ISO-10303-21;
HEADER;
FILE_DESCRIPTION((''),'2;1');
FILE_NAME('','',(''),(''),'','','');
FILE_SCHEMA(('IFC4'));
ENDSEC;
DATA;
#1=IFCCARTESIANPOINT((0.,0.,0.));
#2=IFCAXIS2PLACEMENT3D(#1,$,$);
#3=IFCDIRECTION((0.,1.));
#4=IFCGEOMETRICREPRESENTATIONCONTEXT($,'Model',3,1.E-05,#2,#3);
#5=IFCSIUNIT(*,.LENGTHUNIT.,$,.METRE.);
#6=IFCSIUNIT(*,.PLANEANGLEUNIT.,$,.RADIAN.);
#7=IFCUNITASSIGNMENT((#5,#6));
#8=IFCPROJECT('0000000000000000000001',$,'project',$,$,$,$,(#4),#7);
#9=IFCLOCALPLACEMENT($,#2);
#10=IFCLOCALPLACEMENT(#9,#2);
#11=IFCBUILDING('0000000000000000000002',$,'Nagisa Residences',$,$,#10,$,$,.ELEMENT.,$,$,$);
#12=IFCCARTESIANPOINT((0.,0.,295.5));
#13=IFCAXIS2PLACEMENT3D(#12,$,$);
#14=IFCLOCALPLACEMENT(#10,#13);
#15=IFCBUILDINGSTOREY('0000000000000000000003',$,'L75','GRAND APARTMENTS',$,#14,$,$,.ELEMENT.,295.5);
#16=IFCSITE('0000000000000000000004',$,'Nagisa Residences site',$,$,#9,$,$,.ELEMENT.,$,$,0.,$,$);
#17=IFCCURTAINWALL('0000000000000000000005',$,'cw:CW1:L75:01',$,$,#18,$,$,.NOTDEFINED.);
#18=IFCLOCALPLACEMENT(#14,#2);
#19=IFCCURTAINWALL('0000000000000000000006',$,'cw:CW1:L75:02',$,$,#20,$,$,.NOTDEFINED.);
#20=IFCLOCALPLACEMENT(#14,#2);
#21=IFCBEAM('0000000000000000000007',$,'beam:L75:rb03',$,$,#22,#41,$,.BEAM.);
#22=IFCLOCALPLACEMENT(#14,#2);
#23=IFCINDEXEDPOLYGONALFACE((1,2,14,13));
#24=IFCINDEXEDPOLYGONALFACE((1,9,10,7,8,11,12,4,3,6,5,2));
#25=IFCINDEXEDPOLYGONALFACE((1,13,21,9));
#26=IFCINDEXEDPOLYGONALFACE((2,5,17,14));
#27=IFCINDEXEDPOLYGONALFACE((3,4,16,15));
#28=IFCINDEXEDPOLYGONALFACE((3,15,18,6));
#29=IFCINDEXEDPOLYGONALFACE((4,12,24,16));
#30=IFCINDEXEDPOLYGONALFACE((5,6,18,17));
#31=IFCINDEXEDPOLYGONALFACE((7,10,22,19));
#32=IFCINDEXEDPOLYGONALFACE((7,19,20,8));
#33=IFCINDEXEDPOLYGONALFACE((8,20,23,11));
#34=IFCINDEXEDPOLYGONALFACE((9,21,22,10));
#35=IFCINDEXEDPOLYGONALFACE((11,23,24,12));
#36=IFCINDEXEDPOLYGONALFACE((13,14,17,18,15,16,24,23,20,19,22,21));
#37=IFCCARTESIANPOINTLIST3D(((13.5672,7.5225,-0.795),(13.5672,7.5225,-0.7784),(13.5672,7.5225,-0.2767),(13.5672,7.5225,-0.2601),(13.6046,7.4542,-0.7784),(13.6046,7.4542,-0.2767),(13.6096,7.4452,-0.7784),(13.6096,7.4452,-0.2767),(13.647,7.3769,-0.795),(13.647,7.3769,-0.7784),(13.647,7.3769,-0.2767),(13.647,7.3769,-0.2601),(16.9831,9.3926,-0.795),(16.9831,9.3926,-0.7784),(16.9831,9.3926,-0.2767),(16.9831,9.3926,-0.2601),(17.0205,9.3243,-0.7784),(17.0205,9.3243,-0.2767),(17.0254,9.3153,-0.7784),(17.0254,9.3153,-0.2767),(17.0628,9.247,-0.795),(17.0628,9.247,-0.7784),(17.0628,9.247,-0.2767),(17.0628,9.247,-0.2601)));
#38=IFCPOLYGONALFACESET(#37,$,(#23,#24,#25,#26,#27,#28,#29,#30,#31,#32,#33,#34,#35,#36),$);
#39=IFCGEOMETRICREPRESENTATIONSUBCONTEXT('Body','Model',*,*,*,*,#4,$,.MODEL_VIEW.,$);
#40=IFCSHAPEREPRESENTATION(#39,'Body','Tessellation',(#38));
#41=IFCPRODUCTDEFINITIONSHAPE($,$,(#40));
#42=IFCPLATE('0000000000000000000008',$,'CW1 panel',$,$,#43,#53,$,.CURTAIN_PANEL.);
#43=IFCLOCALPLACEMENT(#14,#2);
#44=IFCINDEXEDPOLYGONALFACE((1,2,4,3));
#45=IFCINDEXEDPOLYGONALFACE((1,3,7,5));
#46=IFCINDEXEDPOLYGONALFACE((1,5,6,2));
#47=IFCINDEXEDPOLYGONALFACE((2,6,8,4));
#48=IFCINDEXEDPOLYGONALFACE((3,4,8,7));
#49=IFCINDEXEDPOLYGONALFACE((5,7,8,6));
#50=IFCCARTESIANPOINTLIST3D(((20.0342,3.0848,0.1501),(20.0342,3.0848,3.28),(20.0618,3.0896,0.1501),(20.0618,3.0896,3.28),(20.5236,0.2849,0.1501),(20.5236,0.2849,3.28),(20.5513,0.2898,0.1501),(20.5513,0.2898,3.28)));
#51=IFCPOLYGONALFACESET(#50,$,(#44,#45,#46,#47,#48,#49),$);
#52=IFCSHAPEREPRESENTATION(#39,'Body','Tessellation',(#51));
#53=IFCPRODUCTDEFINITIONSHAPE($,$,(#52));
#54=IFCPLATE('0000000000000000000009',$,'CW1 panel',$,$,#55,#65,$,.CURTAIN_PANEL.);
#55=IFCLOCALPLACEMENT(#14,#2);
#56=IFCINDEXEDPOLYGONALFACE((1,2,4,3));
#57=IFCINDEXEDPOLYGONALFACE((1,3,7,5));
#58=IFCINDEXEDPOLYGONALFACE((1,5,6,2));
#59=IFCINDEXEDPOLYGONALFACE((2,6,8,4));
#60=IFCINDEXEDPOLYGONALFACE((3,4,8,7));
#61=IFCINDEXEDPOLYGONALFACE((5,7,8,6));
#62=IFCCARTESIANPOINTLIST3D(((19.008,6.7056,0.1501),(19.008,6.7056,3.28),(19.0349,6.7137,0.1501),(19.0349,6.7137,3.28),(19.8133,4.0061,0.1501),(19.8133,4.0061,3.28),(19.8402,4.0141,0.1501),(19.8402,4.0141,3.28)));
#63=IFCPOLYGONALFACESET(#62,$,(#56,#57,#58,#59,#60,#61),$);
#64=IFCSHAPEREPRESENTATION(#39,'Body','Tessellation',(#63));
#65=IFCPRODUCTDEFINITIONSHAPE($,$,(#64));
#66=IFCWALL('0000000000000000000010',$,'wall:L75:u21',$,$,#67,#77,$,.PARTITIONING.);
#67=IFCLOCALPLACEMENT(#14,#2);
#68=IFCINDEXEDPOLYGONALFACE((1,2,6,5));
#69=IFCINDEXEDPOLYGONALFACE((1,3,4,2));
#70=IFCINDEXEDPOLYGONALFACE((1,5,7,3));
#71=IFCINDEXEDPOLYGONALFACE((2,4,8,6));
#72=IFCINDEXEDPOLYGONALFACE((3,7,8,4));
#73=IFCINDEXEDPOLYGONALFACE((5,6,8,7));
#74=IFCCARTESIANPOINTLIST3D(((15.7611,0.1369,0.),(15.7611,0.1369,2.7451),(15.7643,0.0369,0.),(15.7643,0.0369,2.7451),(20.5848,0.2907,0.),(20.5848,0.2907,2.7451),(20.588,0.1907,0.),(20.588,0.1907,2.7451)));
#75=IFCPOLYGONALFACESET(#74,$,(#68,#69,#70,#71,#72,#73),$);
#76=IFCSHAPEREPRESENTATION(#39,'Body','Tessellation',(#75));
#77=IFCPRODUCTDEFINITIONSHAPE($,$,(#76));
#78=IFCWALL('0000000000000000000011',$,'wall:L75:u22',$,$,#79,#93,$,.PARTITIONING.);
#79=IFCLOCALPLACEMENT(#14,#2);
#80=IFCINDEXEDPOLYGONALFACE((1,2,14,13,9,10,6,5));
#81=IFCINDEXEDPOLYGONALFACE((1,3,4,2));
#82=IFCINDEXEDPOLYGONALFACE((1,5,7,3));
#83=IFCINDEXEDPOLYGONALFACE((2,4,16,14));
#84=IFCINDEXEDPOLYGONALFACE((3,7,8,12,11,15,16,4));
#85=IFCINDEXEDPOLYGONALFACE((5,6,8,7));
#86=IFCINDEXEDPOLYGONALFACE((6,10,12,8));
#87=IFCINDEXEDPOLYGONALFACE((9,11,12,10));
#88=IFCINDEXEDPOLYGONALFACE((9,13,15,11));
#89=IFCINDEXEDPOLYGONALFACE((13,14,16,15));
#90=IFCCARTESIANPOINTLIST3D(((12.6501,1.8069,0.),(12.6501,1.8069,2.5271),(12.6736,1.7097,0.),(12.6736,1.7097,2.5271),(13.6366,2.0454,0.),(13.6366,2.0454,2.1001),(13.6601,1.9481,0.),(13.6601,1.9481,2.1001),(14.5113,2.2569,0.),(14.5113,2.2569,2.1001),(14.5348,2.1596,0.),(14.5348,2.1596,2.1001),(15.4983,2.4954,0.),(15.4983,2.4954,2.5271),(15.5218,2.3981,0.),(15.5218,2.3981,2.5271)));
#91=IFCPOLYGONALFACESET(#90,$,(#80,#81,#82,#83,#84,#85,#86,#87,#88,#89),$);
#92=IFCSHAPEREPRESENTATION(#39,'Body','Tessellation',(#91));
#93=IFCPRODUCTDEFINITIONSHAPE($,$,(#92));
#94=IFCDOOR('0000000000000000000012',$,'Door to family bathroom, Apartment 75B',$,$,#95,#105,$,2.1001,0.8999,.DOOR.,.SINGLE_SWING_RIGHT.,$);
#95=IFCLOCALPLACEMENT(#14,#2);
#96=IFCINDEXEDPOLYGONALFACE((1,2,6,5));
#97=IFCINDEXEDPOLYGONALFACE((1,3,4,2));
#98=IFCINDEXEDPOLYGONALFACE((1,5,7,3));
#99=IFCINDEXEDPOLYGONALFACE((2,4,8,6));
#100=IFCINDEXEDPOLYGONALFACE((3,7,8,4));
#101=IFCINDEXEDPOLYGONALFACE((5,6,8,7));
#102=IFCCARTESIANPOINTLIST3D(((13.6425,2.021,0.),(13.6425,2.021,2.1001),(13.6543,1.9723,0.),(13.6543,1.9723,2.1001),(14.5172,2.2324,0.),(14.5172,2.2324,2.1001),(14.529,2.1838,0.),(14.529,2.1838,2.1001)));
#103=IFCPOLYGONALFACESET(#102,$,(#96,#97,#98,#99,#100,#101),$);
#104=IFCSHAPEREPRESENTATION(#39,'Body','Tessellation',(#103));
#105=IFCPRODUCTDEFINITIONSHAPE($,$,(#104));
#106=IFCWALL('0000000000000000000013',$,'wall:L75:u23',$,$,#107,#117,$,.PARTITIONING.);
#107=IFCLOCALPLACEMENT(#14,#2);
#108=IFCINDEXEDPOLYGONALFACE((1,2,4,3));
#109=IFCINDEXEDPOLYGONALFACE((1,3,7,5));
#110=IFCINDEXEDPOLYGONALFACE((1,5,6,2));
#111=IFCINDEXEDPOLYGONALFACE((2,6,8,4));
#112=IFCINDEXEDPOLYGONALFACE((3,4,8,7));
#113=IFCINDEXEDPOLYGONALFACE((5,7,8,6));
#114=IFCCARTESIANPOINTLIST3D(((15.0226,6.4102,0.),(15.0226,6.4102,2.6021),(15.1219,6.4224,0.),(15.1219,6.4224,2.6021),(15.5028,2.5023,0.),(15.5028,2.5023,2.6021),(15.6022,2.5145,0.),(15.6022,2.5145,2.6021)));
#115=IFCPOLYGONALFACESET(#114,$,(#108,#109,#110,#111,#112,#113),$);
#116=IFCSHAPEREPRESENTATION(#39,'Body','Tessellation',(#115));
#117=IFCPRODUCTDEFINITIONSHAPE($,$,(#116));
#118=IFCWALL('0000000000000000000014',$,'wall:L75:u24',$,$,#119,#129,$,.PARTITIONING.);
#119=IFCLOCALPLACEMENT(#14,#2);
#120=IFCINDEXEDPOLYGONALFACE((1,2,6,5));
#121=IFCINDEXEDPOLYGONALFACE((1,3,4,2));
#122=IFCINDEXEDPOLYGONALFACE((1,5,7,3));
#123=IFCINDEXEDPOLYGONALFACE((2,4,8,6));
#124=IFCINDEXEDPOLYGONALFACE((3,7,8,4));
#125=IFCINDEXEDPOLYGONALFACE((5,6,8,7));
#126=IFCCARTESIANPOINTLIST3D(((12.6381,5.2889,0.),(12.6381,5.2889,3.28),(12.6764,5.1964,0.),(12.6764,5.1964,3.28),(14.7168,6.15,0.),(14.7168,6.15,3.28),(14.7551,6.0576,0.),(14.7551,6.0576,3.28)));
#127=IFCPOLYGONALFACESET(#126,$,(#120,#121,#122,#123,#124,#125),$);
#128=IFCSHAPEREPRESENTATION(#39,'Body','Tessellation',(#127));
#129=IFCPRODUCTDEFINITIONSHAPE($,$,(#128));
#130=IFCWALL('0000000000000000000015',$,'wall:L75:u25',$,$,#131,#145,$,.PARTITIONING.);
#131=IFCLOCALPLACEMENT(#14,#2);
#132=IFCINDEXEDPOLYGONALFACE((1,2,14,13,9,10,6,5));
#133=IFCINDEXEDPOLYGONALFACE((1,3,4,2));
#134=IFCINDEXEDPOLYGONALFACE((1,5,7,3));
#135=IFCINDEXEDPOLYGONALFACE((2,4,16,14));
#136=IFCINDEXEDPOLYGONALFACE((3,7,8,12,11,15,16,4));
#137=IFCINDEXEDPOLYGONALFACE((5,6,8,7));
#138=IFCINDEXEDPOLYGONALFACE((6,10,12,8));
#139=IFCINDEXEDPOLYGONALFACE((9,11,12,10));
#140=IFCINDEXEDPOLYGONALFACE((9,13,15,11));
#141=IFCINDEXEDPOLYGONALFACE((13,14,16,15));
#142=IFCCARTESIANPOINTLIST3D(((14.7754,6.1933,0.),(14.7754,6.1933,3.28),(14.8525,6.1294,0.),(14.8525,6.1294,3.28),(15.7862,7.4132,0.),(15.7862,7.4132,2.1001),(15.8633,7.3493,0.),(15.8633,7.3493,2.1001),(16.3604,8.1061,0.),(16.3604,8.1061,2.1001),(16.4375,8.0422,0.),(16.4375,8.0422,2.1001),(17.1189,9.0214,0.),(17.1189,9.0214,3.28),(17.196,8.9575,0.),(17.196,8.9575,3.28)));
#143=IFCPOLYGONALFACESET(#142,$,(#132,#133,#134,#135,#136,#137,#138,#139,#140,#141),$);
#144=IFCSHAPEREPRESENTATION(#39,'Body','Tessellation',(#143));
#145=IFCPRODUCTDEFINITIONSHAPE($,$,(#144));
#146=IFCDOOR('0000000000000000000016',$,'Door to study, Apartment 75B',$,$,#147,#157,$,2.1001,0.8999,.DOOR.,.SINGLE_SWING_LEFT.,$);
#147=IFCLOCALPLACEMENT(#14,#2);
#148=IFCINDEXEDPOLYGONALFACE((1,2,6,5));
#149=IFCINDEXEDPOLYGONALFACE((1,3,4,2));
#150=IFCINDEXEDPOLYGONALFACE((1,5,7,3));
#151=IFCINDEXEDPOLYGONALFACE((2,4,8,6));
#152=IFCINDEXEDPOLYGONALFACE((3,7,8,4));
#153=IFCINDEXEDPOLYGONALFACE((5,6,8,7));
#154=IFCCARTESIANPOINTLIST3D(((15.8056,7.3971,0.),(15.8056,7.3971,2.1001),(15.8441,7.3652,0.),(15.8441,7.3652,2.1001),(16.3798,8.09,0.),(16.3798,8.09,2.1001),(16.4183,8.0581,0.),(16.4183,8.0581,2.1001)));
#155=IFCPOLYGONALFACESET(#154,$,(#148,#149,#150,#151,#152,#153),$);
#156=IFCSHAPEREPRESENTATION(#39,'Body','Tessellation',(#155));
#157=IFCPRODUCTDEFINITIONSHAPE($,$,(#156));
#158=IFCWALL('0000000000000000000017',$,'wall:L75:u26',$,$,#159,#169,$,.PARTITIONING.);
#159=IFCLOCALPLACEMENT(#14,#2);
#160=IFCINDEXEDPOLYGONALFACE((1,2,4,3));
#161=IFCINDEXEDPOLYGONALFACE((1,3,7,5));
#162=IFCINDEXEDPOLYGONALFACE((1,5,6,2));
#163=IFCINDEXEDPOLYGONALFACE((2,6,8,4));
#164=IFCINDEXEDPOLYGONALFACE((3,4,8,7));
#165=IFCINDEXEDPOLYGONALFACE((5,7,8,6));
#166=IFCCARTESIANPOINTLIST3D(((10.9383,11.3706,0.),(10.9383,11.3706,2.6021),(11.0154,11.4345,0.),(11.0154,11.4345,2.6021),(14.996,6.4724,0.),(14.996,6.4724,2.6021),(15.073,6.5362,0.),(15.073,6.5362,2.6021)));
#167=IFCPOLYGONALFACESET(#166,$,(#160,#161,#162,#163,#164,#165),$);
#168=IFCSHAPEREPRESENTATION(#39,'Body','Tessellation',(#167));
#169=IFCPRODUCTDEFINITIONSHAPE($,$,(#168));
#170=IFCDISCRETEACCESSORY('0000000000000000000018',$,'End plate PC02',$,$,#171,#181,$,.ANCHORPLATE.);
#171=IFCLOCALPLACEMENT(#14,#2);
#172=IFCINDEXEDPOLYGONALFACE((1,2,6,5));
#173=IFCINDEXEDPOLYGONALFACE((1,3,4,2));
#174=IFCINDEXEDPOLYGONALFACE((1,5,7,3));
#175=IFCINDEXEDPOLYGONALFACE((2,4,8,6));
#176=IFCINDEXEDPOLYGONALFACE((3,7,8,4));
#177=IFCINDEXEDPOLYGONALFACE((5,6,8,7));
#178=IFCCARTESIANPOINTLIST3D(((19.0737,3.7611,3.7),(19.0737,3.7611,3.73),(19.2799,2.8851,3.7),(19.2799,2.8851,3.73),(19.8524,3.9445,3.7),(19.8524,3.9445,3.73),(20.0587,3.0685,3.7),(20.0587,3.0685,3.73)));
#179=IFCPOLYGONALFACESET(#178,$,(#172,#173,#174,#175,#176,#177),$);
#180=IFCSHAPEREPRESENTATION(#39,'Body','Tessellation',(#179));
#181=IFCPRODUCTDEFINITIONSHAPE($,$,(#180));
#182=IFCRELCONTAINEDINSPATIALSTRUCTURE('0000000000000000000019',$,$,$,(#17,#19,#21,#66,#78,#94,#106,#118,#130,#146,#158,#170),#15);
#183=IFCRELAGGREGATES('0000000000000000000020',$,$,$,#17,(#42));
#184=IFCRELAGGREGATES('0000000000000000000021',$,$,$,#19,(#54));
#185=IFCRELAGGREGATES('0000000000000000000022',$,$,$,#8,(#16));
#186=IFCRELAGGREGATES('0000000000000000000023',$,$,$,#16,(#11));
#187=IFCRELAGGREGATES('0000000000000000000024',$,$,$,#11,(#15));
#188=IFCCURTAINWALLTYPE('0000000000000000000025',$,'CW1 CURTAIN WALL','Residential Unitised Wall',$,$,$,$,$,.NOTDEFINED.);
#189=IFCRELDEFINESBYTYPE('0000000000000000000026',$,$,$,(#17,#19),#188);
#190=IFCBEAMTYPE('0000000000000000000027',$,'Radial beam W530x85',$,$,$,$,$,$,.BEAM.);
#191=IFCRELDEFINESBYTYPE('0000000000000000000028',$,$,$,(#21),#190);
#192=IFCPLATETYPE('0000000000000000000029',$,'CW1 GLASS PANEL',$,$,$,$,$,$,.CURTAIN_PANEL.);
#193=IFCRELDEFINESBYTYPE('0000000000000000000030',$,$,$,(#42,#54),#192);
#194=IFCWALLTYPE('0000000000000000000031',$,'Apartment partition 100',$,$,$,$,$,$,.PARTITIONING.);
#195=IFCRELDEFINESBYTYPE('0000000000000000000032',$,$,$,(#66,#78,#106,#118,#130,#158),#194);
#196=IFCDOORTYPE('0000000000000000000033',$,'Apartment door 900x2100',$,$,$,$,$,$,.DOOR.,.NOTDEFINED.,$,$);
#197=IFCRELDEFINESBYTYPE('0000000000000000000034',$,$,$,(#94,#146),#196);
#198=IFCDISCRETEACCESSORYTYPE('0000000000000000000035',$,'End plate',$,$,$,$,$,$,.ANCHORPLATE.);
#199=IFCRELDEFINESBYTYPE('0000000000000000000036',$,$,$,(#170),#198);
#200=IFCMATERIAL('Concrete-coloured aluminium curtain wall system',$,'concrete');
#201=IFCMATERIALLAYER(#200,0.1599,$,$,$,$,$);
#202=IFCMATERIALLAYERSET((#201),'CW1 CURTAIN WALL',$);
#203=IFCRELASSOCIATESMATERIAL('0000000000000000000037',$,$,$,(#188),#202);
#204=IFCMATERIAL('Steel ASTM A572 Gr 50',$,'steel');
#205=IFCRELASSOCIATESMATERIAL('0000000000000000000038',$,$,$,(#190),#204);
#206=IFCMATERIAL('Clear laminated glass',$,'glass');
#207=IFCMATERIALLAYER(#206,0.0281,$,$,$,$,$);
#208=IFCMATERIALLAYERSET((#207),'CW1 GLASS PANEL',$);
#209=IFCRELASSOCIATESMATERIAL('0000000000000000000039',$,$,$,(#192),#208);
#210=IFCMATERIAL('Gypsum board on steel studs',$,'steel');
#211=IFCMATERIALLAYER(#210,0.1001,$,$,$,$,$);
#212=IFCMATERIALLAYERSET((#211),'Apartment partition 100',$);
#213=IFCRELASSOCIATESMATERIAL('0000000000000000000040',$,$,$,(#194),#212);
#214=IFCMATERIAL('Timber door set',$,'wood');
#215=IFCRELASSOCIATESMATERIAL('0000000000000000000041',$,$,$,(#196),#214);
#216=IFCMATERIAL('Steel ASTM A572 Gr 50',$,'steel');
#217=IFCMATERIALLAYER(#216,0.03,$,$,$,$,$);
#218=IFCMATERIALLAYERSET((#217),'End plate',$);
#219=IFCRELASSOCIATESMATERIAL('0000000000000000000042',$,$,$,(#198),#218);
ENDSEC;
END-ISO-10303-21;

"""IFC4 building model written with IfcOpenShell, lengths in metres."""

from ifc_helpers import new_model, si_unit, direction, frame, frame_2d, origin, origin_2d, place, context, subcontext, project, spatial, rectangle, i_section, extrude, material, layer, layer_set, material_profile, profile_set, type_object, element, fill, aggregate, save


model = new_model("IFC4")

# Units and contexts
model_context = context("Model", 3, precision=1e-05, world=origin(), true_north=direction((0.0, 1.0)))
body_context = subcontext(model_context, "Body", "Model", "MODEL_VIEW")
ifc_project = project(units=[si_unit("LENGTHUNIT", "METRE"), si_unit("PLANEANGLEUNIT", "RADIAN")], contexts=[model_context])

# Site, building, storey
site_placement = place(None, origin())
site = spatial("IfcSite", under=ifc_project, at=site_placement, Name="Nagisa Residences site", CompositionType="ELEMENT", RefElevation=0.0)
building_placement = place(site_placement, origin())
building = spatial("IfcBuilding", under=site, at=building_placement, Name="Nagisa Residences", CompositionType="ELEMENT")
storey_placement = place(building_placement, frame((0.0, 0.0, 295.5)))
storey = spatial("IfcBuildingStorey", under=building, at=storey_placement, Name="L75", Description="GRAND APARTMENTS", CompositionType="ELEMENT", Elevation=295.5)

# Curtain walls
ifc_material_1 = material(Name="Concrete-coloured aluminium curtain wall system", Category="concrete")
ifc_layer_1 = layer(ifc_material_1, 0.1599)
ifc_layer_set_1 = layer_set([ifc_layer_1], Name="CW1 CURTAIN WALL")
curtain_wall_type = type_object("IfcCurtainWallType", Name="CW1 CURTAIN WALL", Description="Residential Unitised Wall", PredefinedType="NOTDEFINED", material=ifc_layer_set_1)
curtain_wall_1_placement = place(storey_placement, origin())
curtain_wall_1 = element("IfcCurtainWall", 1, at=curtain_wall_1_placement, inside=storey, type_object=curtain_wall_type, Name="cw:CW1:L75:01", PredefinedType="NOTDEFINED")
curtain_wall_2_placement = place(storey_placement, origin())
curtain_wall_2 = element("IfcCurtainWall", 2, at=curtain_wall_2_placement, inside=storey, type_object=curtain_wall_type, Name="cw:CW1:L75:02", PredefinedType="NOTDEFINED")

# Beam
ifc_material_2 = material(Name="Steel ASTM A572 Gr 50", Category="steel")
ifc_material_profile_1 = material_profile(ifc_material_2, i_section(OverallWidth=0.166, OverallDepth=0.5349, WebThickness=0.0103, FlangeThickness=0.0166, at=origin_2d()), Name="W530x85")
ifc_profile_set_1 = profile_set([ifc_material_profile_1], Name="Steel ASTM A572 Gr 50")
beam_type_1 = type_object("IfcBeamType", Name="Radial beam W530x85", PredefinedType="BEAM", material=ifc_profile_set_1)
beam_1_placement = place(storey_placement, frame((17.0229, 9.3198, -0.5276), z_axis=(-0.877142, -0.480231, 0.0), x_axis=(0.480231, -0.877142, 0.0)))
element("IfcBeam", 3, at=beam_1_placement, inside=storey, type_object=beam_type_1, Name="beam:L75:rb03", PredefinedType="BEAM", context=body_context, shape_type="SweptSolid", body=[
    extrude(i_section(OverallWidth=0.166, OverallDepth=0.5349, WebThickness=0.0103, FlangeThickness=0.0166, at=origin_2d()), origin(), (0.0, 0.0, 1.0), 3.8943),
])

# Plates
ifc_material_3 = material(Name="Clear laminated glass", Category="glass")
ifc_layer_2 = layer(ifc_material_3, 0.0281)
ifc_layer_set_2 = layer_set([ifc_layer_2], Name="CW1 GLASS PANEL")
plate_type = type_object("IfcPlateType", Name="CW1 GLASS PANEL", PredefinedType="CURTAIN_PANEL", material=ifc_layer_set_2)
plate_1_placement = place(storey_placement, frame((20.2927, 1.6873, 0.1501), z_axis=(0.0, 0.0, 1.0), x_axis=(-0.172191, 0.985064, 0.0)))
plate_1 = element("IfcPlate", 4, at=plate_1_placement, type_object=plate_type, Name="CW1 panel", PredefinedType="CURTAIN_PANEL", context=body_context, shape_type="SweptSolid", body=[
    extrude(rectangle(XDim=2.8423, YDim=0.0281, at=origin_2d()), origin(), (0.0, 0.0, 1.0), 3.1299),
])
aggregate(curtain_wall_1, [plate_1])
plate_2_placement = place(storey_placement, frame((19.4241, 5.3599, 0.1501), z_axis=(0.0, 0.0, 1.0), x_axis=(-0.28586, 0.958271, 0.0)))
plate_2 = element("IfcPlate", 5, at=plate_2_placement, type_object=plate_type, Name="CW1 panel", PredefinedType="CURTAIN_PANEL", context=body_context, shape_type="SweptSolid", body=[
    extrude(rectangle(XDim=2.8171, YDim=0.0281, at=origin_2d()), origin(), (0.0, 0.0, 1.0), 3.1299),
])
aggregate(curtain_wall_2, [plate_2])

# Wall
ifc_material_4 = material(Name="Gypsum board on steel studs", Category="steel")
ifc_layer_3 = layer(ifc_material_4, 0.1001)
ifc_layer_set_3 = layer_set([ifc_layer_3], Name="Apartment partition 100")
wall_type_1 = type_object("IfcWallType", Name="Apartment partition 100", PredefinedType="PARTITIONING", material=ifc_layer_set_3)
wall_1_placement = place(storey_placement, frame((15.7627, 0.0869, 0.0), z_axis=(0.0, 0.0, 1.0), x_axis=(0.999492, 0.03187, 0.0)))
element("IfcWall", 6, at=wall_1_placement, inside=storey, type_object=wall_type_1, Name="wall:L75:u21", PredefinedType="PARTITIONING", context=body_context, shape_type="SweptSolid", body=[
    extrude(rectangle(XDim=4.8262, YDim=0.1001, at=frame_2d((2.4131, 0.0))), origin(), (0.0, 0.0, 1.0), 2.7451),
])

# Wall, opening, door
wall_2_placement = place(storey_placement, frame((12.6619, 1.7583, 0.0), z_axis=(0.0, 0.0, 1.0), x_axis=(0.972005, 0.234961, 0.0)))
wall_2 = element("IfcWall", 7, at=wall_2_placement, inside=storey, type_object=wall_type_1, Name="wall:L75:u22", PredefinedType="PARTITIONING", context=body_context, shape_type="SweptSolid", body=[
    extrude(rectangle(XDim=2.9302, YDim=0.1001, at=frame_2d((1.4651, 0.0))), origin(), (0.0, 0.0, 1.0), 2.5271),
])
opening_1_placement = place(wall_2_placement, frame((1.0149, 0.0, 0.0)))
opening_1 = element("IfcOpeningElement", 8, at=opening_1_placement, cuts=wall_2, PredefinedType="OPENING", context=body_context, shape_type="SweptSolid", body=[
    extrude(rectangle(XDim=0.8999, YDim=2.1001, at=frame_2d((0.45, 1.05))), frame((0.0, 0.0601, 0.0), z_axis=(0.0, -1.0, 0.0), x_axis=(1.0, 0.0, 0.0)), (0.0, 0.0, 1.0), 0.1201),
])
ifc_material_5 = material(Name="Timber door set", Category="wood")
door_type_1 = type_object("IfcDoorType", Name="Apartment door 900x2100", OperationType="NOTDEFINED", PredefinedType="DOOR", material=ifc_material_5)
door_1_placement = place(opening_1_placement, origin())
door_1 = element("IfcDoor", 9, at=door_1_placement, inside=storey, type_object=door_type_1, Name="Door to family bathroom, Apartment 75B", OperationType="SINGLE_SWING_RIGHT", OverallHeight=2.1001, OverallWidth=0.8999, PredefinedType="DOOR", context=body_context, shape_type="SweptSolid", body=[
    extrude(rectangle(XDim=0.8999, YDim=2.1001, at=frame_2d((0.45, 1.05))), frame((0.0, 0.0249, 0.0), z_axis=(0.0, -1.0, 0.0), x_axis=(1.0, 0.0, 0.0)), (0.0, 0.0, 1.0), 0.05),
])
fill(opening_1, door_1)

# Walls
wall_3_placement = place(storey_placement, frame((15.5525, 2.5083, 0.0), z_axis=(0.0, 0.0, 1.0), x_axis=(-0.121966, 0.992534, 0.0)))
element("IfcWall", 10, at=wall_3_placement, inside=storey, type_object=wall_type_1, Name="wall:L75:u23", PredefinedType="PARTITIONING", context=body_context, shape_type="SweptSolid", body=[
    extrude(rectangle(XDim=3.9373, YDim=0.1001, at=frame_2d((1.9688, 0.0))), origin(), (0.0, 0.0, 1.0), 2.6021),
])
wall_4_placement = place(storey_placement, frame((12.6572, 5.2427, 0.0), z_axis=(0.0, 0.0, 1.0), x_axis=(0.923865, 0.382719, 0.0)))
element("IfcWall", 11, at=wall_4_placement, inside=storey, type_object=wall_type_1, Name="wall:L75:u24", PredefinedType="PARTITIONING", context=body_context, shape_type="SweptSolid", body=[
    extrude(rectangle(XDim=2.25, YDim=0.1001, at=frame_2d((1.125, 0.0))), origin(), (0.0, 0.0, 1.0), 3.28),
])

# Wall, opening, door
wall_5_placement = place(storey_placement, frame((14.814, 6.1614, 0.0), z_axis=(0.0, 0.0, 1.0), x_axis=(0.638051, 0.769995, 0.0)))
wall_5 = element("IfcWall", 12, at=wall_5_placement, inside=storey, type_object=wall_type_1, Name="wall:L75:u25", PredefinedType="PARTITIONING", context=body_context, shape_type="SweptSolid", body=[
    extrude(rectangle(XDim=3.6729, YDim=0.1001, at=frame_2d((1.8364, 0.0))), origin(), (0.0, 0.0, 1.0), 3.28),
])
opening_2_placement = place(wall_5_placement, frame((1.5842, 0.0, 0.0)))
opening_2 = element("IfcOpeningElement", 13, at=opening_2_placement, cuts=wall_5, PredefinedType="OPENING", context=body_context, shape_type="SweptSolid", body=[
    extrude(rectangle(XDim=0.8999, YDim=2.1001, at=frame_2d((0.45, 1.05))), frame((0.0, 0.0601, 0.0), z_axis=(0.0, -1.0, 0.0), x_axis=(1.0, 0.0, 0.0)), (0.0, 0.0, 1.0), 0.1201),
])
door_2_placement = place(opening_2_placement, origin())
door_2 = element("IfcDoor", 14, at=door_2_placement, inside=storey, type_object=door_type_1, Name="Door to study, Apartment 75B", OperationType="SINGLE_SWING_LEFT", OverallHeight=2.1001, OverallWidth=0.8999, PredefinedType="DOOR", context=body_context, shape_type="SweptSolid", body=[
    extrude(rectangle(XDim=0.8999, YDim=2.1001, at=frame_2d((0.45, 1.05))), frame((0.0, 0.0249, 0.0), z_axis=(0.0, -1.0, 0.0), x_axis=(1.0, 0.0, 0.0)), (0.0, 0.0, 1.0), 0.05),
])
fill(opening_2, door_2)

# Wall
wall_6_placement = place(storey_placement, frame((15.0344, 6.5044, 0.0), z_axis=(0.0, 0.0, 1.0), x_axis=(-0.637935, 0.77009, 0.0)))
element("IfcWall", 15, at=wall_6_placement, inside=storey, type_object=wall_type_1, Name="wall:L75:u26", PredefinedType="PARTITIONING", context=body_context, shape_type="SweptSolid", body=[
    extrude(rectangle(XDim=6.3606, YDim=0.1001, at=frame_2d((3.1802, 0.0))), origin(), (0.0, 0.0, 1.0), 2.6021),
])

# Discrete accessory
ifc_material_6 = material(Name="Steel ASTM A572 Gr 50", Category="steel")
ifc_layer_4 = layer(ifc_material_6, 0.03)
ifc_layer_set_4 = layer_set([ifc_layer_4], Name="End plate")
discrete_accessory_type = type_object("IfcDiscreteAccessoryType", Name="End plate", PredefinedType="ANCHORPLATE", material=ifc_layer_set_4)
discrete_accessory_placement = place(storey_placement, frame((19.5662, 3.4148, 3.7), z_axis=(0.0, 0.0, 1.0), x_axis=(-0.229202, 0.973379, 0.0)))
element("IfcDiscreteAccessory", 16, at=discrete_accessory_placement, inside=storey, type_object=discrete_accessory_type, Name="End plate PC02", PredefinedType="ANCHORPLATE", context=body_context, shape_type="SweptSolid", body=[
    extrude(rectangle(XDim=0.8999, YDim=0.8, at=origin_2d()), origin(), (0.0, 0.0, 1.0), 0.03),
])

save(model, "model.ifc")
